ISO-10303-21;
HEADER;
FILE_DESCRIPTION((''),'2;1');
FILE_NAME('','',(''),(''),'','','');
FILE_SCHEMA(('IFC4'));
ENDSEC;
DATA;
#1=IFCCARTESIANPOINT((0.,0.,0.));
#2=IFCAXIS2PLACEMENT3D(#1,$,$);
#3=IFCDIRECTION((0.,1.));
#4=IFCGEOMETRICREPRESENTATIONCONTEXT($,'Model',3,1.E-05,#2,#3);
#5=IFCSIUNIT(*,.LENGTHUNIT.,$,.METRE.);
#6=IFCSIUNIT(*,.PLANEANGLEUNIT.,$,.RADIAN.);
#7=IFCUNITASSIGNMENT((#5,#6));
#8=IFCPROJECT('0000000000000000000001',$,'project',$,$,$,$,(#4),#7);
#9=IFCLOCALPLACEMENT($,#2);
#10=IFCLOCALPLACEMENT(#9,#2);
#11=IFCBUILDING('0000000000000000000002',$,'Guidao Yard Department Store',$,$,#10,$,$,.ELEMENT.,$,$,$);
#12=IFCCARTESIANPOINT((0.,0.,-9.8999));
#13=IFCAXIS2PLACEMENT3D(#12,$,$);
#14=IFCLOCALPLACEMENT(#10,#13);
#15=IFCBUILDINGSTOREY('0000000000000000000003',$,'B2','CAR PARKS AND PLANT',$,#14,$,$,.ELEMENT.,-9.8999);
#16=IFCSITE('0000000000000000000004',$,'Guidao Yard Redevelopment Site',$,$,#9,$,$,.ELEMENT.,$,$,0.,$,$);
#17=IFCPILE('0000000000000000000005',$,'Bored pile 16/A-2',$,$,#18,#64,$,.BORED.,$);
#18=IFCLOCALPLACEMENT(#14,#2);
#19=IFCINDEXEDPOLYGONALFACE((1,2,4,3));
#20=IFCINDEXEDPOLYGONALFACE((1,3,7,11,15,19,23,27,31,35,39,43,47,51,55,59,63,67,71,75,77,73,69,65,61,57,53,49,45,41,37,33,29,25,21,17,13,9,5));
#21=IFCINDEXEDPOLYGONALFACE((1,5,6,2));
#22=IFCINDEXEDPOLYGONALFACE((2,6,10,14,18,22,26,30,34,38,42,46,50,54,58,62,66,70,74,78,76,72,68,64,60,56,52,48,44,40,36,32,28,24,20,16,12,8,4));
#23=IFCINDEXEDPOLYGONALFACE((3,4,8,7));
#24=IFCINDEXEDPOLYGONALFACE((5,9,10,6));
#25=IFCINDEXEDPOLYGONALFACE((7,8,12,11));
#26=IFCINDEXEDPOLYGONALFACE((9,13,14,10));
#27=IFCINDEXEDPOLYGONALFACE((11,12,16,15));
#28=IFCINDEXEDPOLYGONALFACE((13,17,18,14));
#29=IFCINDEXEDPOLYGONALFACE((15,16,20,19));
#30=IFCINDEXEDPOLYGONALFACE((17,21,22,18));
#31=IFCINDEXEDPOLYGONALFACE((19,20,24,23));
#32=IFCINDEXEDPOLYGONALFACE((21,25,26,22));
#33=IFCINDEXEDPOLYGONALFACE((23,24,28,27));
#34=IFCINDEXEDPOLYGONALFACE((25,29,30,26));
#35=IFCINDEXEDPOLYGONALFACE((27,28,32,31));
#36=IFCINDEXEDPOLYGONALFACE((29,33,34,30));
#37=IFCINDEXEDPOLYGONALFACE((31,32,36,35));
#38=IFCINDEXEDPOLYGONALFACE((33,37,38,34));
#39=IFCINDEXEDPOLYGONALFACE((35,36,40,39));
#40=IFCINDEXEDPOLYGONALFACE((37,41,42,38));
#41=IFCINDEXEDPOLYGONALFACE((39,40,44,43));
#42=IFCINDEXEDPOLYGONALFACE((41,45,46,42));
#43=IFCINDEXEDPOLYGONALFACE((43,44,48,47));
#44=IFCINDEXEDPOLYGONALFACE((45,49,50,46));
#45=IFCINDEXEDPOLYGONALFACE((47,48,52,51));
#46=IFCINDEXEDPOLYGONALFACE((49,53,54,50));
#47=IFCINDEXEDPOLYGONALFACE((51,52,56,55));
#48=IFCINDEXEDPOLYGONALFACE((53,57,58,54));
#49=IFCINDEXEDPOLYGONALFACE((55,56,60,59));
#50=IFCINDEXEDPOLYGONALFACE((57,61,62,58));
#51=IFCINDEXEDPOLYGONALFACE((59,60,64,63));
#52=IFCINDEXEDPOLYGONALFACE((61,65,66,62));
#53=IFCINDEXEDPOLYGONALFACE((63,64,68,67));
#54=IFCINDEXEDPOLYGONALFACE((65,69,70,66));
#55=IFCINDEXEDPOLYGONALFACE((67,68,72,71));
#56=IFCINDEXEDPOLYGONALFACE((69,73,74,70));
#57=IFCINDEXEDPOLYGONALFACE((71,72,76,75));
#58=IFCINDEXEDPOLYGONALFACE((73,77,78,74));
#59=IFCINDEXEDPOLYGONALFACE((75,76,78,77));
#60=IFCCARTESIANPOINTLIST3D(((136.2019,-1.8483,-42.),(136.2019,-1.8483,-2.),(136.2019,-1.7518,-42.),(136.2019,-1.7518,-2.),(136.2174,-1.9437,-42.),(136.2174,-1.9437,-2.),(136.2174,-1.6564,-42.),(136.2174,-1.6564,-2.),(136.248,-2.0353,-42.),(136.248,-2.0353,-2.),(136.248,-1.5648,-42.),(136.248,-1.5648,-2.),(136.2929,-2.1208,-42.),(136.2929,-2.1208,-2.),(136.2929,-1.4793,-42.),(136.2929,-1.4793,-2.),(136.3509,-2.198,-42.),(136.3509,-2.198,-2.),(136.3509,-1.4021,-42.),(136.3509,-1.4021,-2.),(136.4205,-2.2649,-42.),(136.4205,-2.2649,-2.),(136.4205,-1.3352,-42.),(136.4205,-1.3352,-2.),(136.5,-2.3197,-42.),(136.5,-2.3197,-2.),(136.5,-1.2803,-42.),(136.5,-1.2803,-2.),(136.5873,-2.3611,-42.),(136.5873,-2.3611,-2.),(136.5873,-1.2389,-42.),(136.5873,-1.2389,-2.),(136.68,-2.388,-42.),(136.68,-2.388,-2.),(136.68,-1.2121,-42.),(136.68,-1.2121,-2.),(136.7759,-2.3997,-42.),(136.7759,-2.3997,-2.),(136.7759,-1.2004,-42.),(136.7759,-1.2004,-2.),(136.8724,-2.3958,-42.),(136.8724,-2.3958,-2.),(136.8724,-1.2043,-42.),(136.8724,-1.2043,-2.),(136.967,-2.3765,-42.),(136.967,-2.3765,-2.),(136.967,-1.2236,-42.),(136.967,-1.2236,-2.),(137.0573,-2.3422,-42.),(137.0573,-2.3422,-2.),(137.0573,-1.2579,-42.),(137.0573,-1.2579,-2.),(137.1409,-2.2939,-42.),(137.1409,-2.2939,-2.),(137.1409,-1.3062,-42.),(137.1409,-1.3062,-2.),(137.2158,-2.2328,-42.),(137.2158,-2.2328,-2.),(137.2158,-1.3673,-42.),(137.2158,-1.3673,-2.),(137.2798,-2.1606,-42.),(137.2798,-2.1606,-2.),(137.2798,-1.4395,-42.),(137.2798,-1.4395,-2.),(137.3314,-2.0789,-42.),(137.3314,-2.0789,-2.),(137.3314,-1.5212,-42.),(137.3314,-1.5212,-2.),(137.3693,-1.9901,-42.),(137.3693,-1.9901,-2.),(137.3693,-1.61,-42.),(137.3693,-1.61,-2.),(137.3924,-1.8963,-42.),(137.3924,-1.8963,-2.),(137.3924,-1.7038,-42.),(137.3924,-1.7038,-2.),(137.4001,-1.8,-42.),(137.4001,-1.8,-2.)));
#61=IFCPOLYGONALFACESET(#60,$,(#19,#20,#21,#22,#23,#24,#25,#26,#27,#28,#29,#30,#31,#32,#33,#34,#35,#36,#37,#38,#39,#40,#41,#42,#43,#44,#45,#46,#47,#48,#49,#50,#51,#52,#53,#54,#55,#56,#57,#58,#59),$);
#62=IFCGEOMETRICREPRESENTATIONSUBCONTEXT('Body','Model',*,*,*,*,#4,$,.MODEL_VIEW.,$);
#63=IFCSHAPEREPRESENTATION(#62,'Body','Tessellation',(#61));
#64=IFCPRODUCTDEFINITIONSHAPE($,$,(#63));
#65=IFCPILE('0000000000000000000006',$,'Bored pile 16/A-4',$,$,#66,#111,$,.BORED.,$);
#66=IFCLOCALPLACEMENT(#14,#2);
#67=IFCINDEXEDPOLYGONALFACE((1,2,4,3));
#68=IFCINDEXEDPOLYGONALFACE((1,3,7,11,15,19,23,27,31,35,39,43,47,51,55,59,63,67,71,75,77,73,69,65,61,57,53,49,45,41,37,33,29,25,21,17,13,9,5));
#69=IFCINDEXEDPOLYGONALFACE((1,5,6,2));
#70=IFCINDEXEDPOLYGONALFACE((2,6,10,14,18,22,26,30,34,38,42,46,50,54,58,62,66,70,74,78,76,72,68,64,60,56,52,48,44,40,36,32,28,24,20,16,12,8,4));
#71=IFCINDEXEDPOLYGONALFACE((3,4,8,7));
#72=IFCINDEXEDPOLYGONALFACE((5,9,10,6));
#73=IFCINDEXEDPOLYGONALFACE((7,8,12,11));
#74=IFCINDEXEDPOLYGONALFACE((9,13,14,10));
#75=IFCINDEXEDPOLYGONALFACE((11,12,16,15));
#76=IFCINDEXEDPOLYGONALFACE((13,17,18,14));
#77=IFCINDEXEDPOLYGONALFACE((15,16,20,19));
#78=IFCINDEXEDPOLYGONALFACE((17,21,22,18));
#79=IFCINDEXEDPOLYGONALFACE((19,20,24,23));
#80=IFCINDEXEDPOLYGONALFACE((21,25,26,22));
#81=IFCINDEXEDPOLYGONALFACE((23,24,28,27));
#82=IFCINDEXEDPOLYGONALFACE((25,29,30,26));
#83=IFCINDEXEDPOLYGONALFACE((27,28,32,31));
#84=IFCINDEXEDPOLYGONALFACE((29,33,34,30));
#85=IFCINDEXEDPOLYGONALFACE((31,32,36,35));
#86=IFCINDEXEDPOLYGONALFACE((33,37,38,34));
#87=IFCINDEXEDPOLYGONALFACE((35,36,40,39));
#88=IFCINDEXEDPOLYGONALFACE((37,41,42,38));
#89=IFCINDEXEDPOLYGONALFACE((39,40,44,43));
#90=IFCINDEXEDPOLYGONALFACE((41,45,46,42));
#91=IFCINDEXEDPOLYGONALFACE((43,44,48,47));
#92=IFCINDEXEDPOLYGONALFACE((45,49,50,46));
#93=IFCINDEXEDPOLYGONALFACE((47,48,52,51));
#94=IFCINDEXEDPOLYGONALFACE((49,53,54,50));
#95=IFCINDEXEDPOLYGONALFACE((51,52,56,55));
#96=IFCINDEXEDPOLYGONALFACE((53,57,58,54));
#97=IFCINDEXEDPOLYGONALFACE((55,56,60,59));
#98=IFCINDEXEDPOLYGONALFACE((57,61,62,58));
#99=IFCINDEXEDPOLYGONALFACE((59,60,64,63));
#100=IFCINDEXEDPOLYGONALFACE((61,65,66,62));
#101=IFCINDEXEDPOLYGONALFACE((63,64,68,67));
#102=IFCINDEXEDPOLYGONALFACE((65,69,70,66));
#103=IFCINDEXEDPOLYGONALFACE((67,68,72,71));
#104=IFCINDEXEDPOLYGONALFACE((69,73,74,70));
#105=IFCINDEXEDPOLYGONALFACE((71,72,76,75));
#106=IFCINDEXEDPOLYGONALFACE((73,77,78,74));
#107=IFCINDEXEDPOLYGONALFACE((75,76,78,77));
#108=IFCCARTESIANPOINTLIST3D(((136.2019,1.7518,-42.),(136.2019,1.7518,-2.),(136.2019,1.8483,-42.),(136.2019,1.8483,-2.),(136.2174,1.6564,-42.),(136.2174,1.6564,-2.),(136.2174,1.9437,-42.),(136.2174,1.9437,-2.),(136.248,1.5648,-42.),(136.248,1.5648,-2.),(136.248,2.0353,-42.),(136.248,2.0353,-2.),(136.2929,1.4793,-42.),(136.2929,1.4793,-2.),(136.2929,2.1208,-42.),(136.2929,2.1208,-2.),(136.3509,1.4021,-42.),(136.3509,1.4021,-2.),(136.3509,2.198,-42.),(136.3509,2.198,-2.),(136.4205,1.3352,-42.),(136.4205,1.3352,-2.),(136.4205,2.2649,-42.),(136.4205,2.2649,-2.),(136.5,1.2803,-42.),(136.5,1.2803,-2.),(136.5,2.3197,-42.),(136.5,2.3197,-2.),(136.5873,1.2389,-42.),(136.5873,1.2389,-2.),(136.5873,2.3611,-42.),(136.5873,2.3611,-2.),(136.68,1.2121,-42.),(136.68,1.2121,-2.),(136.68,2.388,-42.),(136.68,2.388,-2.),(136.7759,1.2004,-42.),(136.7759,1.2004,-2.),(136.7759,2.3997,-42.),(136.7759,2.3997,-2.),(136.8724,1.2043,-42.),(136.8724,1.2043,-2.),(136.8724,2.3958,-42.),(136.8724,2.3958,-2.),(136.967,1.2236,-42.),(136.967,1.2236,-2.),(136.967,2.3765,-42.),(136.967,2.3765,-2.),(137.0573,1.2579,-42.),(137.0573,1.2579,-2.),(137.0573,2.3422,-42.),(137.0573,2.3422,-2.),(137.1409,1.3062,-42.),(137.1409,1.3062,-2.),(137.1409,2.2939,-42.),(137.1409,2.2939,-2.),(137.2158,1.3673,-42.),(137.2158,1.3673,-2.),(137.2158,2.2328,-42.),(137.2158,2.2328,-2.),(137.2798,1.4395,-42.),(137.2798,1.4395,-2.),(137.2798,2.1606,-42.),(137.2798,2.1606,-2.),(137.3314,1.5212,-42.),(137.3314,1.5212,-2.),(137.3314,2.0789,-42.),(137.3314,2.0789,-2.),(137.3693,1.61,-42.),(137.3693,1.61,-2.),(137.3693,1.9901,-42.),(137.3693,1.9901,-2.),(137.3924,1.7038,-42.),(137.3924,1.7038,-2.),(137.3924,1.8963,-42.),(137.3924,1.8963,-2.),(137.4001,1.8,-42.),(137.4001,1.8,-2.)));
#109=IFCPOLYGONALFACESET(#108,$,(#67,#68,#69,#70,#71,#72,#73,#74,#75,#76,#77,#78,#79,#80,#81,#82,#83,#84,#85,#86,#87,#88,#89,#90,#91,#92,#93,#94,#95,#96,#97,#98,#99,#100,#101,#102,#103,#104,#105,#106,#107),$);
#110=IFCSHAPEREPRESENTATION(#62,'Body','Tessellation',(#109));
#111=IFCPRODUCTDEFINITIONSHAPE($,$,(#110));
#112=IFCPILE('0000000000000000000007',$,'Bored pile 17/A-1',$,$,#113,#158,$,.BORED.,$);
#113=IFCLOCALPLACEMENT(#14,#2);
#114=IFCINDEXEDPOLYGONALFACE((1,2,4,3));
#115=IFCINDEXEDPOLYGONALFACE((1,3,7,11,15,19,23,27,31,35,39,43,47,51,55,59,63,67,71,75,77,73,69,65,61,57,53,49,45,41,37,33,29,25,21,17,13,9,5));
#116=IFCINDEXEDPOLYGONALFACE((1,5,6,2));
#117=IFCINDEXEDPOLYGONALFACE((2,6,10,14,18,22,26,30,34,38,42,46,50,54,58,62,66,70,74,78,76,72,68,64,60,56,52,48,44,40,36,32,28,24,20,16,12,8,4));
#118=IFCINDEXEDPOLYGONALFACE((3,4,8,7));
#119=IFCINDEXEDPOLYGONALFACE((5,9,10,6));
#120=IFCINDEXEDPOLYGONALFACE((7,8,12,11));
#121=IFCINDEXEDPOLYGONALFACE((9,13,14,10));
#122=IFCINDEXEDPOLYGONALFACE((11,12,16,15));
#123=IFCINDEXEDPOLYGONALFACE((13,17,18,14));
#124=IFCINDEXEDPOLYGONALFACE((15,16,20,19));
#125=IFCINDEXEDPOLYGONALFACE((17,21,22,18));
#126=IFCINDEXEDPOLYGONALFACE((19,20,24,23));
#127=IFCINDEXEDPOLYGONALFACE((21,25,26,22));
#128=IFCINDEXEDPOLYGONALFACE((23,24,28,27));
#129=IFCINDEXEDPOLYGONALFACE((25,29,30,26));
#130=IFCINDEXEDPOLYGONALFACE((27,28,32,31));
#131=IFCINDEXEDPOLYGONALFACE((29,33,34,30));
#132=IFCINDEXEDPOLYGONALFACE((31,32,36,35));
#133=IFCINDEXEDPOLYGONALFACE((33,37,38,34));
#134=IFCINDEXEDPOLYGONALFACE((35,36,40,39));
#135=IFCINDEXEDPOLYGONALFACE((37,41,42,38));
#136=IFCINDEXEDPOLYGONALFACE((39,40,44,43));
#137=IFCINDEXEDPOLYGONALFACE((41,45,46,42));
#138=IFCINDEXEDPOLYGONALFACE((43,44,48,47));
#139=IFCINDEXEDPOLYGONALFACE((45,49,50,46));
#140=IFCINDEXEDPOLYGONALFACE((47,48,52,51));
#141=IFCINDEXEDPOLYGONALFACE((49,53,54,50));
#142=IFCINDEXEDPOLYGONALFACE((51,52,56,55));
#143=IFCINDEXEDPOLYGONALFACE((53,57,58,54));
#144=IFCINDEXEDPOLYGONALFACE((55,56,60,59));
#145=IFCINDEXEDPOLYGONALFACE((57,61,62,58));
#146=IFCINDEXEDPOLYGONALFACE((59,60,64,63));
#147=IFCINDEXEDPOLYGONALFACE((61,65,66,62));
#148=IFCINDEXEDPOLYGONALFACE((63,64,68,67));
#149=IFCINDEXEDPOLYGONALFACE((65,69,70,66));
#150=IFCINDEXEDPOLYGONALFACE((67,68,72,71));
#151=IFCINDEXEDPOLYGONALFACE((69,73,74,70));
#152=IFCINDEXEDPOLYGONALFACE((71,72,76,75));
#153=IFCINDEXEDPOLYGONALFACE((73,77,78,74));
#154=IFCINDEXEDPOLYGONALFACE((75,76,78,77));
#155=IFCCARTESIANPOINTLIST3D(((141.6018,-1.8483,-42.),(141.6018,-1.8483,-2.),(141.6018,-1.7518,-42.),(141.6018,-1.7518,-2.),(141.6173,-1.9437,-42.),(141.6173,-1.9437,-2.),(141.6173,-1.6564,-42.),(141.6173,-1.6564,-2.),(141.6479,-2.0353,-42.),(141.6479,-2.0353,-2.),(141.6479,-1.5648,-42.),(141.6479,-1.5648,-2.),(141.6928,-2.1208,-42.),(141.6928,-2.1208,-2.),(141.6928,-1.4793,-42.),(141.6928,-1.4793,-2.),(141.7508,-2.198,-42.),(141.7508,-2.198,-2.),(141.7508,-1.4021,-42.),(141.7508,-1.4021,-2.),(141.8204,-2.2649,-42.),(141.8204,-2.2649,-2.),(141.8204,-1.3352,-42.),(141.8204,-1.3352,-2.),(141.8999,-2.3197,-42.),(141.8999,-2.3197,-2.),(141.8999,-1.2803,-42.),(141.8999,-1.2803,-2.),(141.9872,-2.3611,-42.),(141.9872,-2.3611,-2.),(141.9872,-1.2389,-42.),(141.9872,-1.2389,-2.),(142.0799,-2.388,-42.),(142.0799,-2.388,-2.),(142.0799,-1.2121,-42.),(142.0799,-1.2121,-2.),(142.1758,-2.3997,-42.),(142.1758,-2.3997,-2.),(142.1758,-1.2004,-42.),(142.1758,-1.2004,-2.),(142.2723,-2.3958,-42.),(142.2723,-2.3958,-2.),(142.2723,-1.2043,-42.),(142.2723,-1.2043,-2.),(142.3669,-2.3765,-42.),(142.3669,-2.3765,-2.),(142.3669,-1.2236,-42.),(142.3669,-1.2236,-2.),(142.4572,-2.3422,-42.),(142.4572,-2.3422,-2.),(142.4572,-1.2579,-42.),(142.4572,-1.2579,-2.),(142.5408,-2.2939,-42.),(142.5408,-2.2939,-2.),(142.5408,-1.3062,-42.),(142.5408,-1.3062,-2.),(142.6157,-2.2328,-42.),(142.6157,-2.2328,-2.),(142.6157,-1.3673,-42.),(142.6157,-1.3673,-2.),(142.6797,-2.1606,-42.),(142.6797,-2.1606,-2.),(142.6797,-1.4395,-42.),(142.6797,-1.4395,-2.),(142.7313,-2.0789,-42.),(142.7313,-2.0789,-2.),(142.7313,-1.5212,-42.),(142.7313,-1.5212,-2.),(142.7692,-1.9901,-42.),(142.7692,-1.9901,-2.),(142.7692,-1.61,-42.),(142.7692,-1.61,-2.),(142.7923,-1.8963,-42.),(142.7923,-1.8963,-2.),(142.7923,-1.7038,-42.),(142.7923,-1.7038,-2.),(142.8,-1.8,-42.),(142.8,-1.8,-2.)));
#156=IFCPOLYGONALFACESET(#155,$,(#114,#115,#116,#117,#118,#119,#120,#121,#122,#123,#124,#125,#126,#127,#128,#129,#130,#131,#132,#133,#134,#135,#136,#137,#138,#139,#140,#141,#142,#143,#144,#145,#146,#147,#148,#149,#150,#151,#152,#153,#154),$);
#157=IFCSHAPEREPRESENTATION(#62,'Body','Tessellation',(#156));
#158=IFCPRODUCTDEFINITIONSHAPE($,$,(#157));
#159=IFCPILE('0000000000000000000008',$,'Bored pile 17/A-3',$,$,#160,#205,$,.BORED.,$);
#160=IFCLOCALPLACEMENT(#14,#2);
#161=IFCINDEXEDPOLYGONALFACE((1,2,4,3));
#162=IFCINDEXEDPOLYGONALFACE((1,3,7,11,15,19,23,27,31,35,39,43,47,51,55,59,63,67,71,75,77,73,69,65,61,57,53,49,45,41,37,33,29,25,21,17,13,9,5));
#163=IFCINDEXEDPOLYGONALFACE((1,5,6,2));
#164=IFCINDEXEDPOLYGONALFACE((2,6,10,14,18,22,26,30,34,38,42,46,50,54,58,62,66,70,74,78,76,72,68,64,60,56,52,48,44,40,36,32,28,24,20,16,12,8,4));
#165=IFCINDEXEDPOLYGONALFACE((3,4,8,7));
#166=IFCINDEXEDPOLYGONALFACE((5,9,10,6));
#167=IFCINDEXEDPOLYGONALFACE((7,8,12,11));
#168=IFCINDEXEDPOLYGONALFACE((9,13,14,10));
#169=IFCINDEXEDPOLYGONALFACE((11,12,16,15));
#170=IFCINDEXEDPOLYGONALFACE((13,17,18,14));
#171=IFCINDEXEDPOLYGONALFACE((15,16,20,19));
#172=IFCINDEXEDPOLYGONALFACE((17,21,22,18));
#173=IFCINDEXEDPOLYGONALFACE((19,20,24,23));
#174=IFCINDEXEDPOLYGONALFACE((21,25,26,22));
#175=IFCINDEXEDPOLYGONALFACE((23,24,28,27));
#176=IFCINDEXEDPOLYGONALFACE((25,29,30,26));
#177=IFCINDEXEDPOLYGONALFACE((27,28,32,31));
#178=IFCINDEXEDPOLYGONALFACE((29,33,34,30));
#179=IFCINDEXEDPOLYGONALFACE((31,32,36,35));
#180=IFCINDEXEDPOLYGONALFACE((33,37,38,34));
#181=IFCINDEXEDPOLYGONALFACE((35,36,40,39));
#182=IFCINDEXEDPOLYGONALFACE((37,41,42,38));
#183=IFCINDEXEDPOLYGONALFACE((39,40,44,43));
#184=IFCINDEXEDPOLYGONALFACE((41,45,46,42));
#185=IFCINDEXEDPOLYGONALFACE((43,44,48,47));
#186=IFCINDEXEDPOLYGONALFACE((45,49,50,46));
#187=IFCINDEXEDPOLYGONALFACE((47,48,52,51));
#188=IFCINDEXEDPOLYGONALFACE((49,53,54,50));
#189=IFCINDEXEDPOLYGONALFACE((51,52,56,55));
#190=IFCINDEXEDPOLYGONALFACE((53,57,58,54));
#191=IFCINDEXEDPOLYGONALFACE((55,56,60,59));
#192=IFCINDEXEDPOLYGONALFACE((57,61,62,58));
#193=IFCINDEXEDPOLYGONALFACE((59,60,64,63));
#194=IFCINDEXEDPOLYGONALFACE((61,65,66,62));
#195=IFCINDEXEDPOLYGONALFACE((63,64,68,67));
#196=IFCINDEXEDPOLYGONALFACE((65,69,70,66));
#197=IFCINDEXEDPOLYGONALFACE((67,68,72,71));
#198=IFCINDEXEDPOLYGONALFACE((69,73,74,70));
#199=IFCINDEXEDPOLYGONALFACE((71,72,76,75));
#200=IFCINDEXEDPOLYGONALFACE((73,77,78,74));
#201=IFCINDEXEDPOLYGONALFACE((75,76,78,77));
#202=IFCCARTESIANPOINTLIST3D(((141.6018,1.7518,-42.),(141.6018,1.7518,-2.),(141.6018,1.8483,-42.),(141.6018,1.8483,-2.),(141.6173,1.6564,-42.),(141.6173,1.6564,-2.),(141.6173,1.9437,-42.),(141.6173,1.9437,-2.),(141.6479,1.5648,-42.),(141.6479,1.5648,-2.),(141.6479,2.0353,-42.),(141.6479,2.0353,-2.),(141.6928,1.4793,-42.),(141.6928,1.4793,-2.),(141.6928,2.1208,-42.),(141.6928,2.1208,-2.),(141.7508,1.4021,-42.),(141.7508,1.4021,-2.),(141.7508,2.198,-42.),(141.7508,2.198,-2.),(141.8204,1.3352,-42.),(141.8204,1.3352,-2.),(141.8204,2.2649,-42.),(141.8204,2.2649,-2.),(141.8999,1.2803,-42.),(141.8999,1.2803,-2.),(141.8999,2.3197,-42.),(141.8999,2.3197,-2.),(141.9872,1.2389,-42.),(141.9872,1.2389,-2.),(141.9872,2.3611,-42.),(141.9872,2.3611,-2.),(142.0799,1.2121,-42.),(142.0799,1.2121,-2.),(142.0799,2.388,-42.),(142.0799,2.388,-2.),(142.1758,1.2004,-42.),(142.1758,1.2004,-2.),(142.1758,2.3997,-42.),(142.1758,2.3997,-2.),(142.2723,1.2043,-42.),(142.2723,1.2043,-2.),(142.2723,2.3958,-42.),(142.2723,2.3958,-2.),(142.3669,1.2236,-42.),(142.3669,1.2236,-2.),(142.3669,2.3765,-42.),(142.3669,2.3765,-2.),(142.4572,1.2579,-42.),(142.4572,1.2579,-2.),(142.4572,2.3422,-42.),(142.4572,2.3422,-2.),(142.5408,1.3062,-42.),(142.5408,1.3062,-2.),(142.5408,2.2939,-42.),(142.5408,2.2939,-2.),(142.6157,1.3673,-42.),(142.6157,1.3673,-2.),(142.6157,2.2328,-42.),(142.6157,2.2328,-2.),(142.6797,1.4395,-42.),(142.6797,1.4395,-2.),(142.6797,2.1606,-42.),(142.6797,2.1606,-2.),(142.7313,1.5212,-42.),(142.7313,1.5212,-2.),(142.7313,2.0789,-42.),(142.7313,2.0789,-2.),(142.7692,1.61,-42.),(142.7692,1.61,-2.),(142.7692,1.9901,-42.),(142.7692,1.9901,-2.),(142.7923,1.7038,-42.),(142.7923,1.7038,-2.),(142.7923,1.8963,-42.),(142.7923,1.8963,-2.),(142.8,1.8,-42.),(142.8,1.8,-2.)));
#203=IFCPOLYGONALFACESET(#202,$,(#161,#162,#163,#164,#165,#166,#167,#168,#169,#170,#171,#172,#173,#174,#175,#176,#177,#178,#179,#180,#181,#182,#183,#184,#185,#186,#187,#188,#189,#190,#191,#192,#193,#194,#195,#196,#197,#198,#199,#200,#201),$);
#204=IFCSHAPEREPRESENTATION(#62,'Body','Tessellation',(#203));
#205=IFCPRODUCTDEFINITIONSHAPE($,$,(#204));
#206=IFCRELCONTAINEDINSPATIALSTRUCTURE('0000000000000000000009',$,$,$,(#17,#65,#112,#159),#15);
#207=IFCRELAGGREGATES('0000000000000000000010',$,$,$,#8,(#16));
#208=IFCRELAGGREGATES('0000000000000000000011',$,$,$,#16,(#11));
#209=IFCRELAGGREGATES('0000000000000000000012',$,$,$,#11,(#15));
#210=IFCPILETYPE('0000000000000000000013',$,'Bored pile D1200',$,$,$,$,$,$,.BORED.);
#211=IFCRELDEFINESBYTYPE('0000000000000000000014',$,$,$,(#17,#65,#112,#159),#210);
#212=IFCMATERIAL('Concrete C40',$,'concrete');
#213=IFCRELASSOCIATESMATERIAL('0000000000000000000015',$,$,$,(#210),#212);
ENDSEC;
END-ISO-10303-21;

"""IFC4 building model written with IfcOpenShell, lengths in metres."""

from ifc_helpers import new_model, si_unit, direction, frame, origin, origin_2d, place, context, subcontext, project, spatial, circle, extrude, material, material_profile, profile_set, type_object, element, save


model = new_model("IFC4")

# Units and contexts
model_context = context("Model", 3, precision=1e-05, world=origin(), true_north=direction((0.0, 1.0)))
body_context = subcontext(model_context, "Body", "Model", "MODEL_VIEW")
ifc_project = project(units=[si_unit("LENGTHUNIT", "METRE"), si_unit("PLANEANGLEUNIT", "RADIAN")], contexts=[model_context])

# Site, building, storey
site_placement = place(None, origin())
site = spatial("IfcSite", under=ifc_project, at=site_placement, Name="Guidao Yard Redevelopment Site", CompositionType="ELEMENT", RefElevation=0.0)
building_placement = place(site_placement, origin())
building = spatial("IfcBuilding", under=site, at=building_placement, Name="Guidao Yard Department Store", CompositionType="ELEMENT")
storey_placement = place(building_placement, frame((0.0, 0.0, -9.8999)))
storey = spatial("IfcBuildingStorey", under=building, at=storey_placement, Name="B2", Description="CAR PARKS AND PLANT", CompositionType="ELEMENT", Elevation=-9.8999)

# Piles
ifc_material_1 = material(Name="Concrete C40", Category="concrete")
ifc_material_profile_1 = material_profile(ifc_material_1, circle(Radius=0.6001, at=origin_2d()), Name="Bored pile D1200")
ifc_profile_set_1 = profile_set([ifc_material_profile_1], Name="Concrete C40")
pile_type = type_object("IfcPileType", Name="Bored pile D1200", PredefinedType="BORED", material=ifc_profile_set_1)
for number, where, z_axis, x_axis, name in (
    (1, (136.8, -1.8, -2.0), (0.0, 0.0, -1.0), (1.0, 0.0, 0.0), "Bored pile 16/A-2"),
    (2, (136.8, 1.8, -2.0), (0.0, 0.0, -1.0), (1.0, 0.0, 0.0), "Bored pile 16/A-4"),
    (3, (142.2, -1.8, -2.0), (0.0, 0.0, -1.0), (1.0, 0.0, 0.0), "Bored pile 17/A-1"),
    (4, (142.2, 1.8, -2.0), (0.0, 0.0, -1.0), (1.0, 0.0, 0.0), "Bored pile 17/A-3"),
):
    element("IfcPile", number, at=place(storey_placement, frame(where, z_axis=z_axis, x_axis=x_axis)), inside=storey, type_object=pile_type, Name=name, PredefinedType="BORED", context=body_context, shape_type="SweptSolid", body=[
        extrude(circle(Radius=0.6001, at=origin_2d()), origin(), (0.0, 0.0, 1.0), 40.0),
    ])

save(model, "model.ifc")
